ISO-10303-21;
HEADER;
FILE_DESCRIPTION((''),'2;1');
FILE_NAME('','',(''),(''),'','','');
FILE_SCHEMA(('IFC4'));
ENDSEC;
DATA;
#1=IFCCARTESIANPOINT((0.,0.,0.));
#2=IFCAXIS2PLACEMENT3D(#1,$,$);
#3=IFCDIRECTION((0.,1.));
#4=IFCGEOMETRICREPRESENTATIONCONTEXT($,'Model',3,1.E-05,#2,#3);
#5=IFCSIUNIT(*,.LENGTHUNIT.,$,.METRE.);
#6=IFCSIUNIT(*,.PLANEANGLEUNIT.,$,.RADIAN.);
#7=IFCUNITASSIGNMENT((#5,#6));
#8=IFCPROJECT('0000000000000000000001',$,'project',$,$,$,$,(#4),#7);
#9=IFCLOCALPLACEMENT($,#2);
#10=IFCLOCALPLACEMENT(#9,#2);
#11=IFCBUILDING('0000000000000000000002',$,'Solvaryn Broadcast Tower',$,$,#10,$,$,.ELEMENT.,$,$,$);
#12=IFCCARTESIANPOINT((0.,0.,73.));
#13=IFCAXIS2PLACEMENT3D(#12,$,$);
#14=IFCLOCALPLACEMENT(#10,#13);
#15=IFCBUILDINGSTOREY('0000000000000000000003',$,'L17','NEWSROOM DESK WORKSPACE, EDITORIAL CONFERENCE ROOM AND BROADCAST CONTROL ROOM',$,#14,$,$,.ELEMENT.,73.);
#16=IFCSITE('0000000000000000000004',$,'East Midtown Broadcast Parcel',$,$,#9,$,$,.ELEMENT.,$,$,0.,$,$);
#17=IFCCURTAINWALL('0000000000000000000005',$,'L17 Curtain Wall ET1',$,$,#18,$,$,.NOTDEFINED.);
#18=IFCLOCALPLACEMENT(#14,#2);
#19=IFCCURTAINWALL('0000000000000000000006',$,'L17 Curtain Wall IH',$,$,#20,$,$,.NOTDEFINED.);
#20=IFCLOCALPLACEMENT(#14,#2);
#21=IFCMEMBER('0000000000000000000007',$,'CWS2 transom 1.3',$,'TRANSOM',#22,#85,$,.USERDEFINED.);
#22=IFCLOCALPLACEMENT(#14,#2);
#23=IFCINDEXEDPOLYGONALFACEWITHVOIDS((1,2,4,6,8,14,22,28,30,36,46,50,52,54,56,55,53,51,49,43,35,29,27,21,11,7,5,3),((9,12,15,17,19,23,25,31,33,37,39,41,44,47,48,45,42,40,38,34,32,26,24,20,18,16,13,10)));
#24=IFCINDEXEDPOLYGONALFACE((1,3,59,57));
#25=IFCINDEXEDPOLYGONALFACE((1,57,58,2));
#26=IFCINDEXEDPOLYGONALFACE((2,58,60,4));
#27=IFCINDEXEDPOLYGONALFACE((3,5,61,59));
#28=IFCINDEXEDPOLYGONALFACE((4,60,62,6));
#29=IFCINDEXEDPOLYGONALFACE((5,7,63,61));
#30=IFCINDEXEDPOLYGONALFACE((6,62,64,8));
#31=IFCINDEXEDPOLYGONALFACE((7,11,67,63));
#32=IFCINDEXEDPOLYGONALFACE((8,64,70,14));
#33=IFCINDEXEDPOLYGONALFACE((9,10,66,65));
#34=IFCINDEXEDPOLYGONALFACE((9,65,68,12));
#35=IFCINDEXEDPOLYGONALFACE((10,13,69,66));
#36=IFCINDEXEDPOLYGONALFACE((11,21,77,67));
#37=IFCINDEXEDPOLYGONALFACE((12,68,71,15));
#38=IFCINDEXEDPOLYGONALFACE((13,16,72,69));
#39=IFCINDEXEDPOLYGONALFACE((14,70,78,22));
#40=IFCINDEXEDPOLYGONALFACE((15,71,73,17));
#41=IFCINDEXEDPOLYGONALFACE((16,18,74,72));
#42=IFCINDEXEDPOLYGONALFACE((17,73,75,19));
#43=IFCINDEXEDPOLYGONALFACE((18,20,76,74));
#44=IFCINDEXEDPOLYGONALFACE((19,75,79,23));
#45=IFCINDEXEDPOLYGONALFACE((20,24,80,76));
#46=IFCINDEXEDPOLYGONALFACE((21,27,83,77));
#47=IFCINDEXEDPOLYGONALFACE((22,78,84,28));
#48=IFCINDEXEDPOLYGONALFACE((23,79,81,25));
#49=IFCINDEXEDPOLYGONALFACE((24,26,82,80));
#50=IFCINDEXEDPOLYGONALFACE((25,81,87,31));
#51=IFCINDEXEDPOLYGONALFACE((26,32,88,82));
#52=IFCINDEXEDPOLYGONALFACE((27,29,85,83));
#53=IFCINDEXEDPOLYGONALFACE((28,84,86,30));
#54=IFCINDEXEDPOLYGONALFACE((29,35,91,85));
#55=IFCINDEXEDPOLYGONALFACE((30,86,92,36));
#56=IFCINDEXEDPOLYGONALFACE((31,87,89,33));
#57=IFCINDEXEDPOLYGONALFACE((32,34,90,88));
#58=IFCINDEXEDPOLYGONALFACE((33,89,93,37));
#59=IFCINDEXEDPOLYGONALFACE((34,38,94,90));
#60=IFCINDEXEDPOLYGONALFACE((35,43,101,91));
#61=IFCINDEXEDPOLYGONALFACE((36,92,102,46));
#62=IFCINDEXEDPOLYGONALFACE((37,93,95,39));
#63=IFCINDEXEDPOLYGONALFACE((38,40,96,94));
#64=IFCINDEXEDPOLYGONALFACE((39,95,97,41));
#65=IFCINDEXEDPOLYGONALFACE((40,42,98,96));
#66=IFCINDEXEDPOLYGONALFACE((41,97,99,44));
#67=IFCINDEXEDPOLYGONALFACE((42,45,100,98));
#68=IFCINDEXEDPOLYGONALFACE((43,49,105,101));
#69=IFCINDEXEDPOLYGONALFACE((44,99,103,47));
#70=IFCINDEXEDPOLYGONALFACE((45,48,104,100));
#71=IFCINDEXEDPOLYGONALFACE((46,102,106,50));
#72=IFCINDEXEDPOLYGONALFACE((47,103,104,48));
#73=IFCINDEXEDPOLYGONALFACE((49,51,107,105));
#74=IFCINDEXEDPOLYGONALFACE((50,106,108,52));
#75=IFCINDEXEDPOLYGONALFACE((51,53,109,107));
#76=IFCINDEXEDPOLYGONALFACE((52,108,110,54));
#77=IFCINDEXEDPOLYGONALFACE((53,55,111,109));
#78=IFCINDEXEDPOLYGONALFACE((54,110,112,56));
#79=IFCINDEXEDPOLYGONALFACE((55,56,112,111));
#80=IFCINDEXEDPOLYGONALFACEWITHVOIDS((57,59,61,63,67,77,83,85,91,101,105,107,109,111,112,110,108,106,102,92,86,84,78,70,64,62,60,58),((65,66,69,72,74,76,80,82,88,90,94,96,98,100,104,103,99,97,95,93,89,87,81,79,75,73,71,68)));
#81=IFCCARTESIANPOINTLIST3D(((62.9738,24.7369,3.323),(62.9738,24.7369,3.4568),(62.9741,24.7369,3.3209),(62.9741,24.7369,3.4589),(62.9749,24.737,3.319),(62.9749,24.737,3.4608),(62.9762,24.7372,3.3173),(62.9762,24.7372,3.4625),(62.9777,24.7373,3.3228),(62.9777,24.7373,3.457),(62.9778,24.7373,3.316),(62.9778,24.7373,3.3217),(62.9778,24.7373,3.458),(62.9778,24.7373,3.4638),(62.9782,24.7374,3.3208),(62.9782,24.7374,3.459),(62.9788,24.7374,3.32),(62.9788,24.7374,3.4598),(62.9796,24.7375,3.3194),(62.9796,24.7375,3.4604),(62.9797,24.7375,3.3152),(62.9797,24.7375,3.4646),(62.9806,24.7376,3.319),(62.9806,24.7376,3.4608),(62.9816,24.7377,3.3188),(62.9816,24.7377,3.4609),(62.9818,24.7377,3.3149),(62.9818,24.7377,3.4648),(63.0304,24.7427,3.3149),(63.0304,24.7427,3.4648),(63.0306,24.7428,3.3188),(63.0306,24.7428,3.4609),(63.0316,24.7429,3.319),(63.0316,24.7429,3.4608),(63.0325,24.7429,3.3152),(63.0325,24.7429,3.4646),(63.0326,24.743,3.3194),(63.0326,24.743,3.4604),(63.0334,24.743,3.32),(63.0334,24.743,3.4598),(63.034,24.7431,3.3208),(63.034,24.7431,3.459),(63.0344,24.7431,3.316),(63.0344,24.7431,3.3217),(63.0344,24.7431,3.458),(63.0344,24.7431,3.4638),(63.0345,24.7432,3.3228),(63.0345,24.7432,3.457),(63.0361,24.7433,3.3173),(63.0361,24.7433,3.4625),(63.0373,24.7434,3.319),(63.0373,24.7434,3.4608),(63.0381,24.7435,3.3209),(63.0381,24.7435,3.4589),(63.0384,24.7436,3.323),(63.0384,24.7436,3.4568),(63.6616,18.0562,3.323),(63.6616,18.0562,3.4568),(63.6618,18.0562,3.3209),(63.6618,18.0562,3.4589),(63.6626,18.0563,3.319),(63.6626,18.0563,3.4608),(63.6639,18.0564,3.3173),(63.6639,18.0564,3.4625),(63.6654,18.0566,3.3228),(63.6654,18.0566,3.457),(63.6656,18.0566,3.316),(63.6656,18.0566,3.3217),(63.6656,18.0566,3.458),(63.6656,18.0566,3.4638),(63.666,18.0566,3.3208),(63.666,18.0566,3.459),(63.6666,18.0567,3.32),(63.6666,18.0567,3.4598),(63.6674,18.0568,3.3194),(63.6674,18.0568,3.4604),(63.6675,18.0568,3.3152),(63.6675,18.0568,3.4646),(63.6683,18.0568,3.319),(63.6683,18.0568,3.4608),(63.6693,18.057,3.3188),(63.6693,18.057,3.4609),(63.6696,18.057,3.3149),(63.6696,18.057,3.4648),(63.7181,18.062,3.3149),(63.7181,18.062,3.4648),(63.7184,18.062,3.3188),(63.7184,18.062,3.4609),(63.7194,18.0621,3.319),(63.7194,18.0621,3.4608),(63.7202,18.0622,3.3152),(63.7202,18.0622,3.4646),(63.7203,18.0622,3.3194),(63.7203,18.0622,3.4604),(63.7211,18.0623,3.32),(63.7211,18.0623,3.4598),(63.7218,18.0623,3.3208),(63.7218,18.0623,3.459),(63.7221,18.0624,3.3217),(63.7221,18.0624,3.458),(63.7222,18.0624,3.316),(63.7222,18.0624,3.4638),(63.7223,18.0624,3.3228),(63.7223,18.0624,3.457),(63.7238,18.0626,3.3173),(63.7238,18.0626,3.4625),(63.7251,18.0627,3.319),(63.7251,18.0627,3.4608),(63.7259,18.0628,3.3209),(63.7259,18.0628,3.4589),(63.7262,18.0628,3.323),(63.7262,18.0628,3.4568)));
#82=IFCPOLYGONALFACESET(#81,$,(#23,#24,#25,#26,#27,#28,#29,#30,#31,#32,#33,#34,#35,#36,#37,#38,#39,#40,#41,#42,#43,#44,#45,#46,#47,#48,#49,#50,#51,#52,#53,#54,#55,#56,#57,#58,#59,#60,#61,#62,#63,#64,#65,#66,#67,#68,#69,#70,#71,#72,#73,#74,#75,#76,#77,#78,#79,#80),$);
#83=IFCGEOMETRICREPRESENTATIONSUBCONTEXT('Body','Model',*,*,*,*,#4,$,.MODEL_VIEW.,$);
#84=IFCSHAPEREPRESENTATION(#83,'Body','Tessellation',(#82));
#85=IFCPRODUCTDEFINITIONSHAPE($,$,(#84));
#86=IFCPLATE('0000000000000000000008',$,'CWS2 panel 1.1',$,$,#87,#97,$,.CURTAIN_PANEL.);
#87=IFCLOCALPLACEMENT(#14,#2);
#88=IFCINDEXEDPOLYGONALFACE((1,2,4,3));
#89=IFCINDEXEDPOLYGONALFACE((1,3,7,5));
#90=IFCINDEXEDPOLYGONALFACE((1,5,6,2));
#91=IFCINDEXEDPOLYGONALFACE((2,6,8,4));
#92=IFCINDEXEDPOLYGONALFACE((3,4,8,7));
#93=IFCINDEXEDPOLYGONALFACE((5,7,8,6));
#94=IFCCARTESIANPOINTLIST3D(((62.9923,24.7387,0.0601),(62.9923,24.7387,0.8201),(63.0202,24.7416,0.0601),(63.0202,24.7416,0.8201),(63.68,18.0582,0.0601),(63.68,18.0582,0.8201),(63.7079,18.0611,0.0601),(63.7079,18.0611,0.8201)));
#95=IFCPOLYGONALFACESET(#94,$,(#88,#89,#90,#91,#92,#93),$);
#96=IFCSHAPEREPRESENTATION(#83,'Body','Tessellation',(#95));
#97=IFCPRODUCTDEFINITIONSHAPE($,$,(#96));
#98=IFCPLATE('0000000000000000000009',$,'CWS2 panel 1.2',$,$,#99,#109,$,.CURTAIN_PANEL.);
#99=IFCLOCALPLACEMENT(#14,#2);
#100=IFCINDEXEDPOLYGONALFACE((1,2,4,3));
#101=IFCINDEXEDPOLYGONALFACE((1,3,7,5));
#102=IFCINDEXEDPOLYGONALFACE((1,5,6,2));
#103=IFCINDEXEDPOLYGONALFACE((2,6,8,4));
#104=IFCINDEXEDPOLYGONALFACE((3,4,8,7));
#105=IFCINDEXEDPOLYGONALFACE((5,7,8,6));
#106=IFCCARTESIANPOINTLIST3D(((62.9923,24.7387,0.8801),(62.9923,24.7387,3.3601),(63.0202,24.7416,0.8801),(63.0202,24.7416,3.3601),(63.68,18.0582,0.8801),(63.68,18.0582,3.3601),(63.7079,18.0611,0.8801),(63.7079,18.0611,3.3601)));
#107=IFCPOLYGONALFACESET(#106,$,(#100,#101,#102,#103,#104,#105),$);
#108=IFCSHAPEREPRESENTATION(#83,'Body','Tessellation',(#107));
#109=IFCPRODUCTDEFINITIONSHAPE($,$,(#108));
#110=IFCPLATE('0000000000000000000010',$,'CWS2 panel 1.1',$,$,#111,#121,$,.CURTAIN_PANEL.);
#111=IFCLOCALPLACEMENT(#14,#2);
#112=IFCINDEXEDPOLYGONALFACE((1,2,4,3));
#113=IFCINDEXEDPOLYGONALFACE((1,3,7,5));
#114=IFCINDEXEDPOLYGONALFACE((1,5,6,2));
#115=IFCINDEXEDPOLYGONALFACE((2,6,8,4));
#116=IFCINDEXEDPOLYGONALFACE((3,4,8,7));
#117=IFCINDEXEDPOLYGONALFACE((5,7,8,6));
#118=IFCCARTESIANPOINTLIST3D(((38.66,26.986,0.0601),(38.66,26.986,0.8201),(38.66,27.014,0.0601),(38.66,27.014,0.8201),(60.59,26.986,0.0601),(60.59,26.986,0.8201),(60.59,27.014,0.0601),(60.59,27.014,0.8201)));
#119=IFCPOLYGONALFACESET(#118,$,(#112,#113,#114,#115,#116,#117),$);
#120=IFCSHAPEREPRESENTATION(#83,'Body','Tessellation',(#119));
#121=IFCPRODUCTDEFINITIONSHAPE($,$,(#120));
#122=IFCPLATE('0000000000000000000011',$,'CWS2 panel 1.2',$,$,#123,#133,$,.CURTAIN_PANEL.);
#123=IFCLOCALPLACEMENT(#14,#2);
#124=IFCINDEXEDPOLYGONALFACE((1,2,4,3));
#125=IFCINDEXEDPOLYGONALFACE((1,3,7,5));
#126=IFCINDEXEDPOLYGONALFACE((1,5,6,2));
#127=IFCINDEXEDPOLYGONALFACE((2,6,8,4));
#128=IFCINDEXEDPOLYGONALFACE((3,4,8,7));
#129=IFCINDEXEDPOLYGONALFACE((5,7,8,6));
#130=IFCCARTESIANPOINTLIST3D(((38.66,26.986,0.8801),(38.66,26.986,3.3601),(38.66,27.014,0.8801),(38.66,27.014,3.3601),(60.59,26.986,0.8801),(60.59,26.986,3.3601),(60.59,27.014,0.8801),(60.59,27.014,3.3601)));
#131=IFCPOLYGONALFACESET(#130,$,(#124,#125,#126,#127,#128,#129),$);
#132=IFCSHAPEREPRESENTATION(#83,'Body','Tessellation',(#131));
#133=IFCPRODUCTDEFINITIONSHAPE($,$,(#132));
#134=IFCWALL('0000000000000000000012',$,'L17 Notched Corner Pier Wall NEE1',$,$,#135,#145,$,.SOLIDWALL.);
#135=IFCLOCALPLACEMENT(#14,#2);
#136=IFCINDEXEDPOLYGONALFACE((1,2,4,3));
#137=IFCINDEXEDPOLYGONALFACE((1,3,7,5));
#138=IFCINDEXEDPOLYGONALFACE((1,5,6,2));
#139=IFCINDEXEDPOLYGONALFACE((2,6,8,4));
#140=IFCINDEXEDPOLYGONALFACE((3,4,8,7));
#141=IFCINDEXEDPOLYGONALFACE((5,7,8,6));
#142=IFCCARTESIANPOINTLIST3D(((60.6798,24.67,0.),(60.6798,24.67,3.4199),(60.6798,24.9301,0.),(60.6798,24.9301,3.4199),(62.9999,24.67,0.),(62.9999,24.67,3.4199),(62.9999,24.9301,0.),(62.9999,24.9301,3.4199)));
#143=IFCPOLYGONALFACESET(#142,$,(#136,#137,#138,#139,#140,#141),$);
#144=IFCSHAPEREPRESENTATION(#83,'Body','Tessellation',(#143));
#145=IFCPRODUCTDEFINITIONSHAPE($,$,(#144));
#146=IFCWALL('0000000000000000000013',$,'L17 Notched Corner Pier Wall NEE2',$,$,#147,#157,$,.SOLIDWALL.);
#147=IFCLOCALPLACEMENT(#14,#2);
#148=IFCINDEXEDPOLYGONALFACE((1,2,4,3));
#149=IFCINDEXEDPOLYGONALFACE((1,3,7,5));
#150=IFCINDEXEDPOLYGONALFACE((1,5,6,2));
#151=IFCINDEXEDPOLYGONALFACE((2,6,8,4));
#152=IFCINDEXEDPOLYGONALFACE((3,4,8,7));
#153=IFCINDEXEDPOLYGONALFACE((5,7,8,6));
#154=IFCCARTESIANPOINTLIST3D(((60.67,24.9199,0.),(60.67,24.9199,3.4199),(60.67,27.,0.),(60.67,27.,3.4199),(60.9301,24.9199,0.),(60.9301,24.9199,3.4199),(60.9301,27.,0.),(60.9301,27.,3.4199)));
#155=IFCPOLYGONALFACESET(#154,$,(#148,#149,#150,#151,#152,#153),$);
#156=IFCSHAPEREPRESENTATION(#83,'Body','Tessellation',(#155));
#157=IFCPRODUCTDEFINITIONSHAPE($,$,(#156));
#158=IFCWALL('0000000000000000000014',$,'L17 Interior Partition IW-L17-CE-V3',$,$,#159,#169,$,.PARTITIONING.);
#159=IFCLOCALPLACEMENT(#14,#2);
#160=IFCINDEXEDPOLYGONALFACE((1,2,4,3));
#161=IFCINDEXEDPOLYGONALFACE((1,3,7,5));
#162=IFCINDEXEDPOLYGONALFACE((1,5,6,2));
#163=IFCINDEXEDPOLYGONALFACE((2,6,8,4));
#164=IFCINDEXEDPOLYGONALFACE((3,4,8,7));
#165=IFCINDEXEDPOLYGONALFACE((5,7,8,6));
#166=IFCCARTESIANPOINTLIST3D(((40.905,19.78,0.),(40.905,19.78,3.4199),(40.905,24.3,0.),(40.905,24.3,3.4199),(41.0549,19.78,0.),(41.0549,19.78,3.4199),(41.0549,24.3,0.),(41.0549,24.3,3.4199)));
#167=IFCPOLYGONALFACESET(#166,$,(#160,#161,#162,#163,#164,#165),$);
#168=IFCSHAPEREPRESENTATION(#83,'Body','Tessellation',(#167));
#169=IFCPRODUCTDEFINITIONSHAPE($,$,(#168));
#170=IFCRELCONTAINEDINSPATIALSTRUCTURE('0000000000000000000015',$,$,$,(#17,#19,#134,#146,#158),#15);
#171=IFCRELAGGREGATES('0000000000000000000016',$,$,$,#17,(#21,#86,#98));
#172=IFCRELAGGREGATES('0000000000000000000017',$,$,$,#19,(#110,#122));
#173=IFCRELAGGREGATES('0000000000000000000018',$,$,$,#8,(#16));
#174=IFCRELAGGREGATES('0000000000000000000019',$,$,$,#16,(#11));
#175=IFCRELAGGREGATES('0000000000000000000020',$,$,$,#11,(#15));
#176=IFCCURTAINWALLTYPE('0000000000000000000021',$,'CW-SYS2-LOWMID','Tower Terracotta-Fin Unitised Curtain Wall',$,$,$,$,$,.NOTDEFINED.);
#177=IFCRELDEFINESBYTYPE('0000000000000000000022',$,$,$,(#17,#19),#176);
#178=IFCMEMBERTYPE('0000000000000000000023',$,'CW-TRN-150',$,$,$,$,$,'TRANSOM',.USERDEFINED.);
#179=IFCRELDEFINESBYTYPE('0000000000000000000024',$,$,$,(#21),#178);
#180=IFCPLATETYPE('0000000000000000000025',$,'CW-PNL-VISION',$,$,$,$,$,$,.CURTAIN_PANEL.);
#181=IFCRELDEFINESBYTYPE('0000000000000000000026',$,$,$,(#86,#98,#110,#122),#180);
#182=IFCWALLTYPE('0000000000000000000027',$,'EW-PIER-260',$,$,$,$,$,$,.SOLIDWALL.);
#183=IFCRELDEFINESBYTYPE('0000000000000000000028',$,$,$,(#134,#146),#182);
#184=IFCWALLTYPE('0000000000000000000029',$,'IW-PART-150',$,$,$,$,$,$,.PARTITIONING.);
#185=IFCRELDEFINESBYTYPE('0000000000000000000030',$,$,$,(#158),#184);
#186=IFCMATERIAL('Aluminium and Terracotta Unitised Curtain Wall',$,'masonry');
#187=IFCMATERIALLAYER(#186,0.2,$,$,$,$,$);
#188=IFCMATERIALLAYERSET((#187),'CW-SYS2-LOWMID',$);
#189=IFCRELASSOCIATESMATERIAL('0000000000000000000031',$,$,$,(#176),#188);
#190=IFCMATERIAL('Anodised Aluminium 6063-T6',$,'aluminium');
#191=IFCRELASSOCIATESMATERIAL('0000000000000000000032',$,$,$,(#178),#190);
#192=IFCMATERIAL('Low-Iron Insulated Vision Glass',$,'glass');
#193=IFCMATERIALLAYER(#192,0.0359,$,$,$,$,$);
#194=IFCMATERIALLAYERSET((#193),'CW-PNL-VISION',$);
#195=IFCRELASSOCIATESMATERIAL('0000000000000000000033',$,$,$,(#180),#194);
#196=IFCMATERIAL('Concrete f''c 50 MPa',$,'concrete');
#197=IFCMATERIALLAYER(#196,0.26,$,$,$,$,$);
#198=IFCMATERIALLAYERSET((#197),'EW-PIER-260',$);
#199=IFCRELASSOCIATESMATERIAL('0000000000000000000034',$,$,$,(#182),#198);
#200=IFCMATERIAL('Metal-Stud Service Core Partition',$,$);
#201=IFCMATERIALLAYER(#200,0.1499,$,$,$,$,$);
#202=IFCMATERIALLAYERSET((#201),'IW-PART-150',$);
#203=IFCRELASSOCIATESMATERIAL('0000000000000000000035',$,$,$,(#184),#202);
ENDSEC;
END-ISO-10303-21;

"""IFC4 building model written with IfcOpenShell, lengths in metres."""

from ifc_helpers import new_model, si_unit, direction, frame, frame_2d, origin, origin_2d, place, context, subcontext, project, spatial, rectangle, hollow_rectangle, extrude, material, layer, layer_set, material_profile, profile_set, type_object, element, aggregate, save


model = new_model("IFC4")

# Units and contexts
model_context = context("Model", 3, precision=1e-05, world=origin(), true_north=direction((0.0, 1.0)))
body_context = subcontext(model_context, "Body", "Model", "MODEL_VIEW")
ifc_project = project(units=[si_unit("LENGTHUNIT", "METRE"), si_unit("PLANEANGLEUNIT", "RADIAN")], contexts=[model_context])

# Site, building, storey
site_placement = place(None, origin())
site = spatial("IfcSite", under=ifc_project, at=site_placement, Name="East Midtown Broadcast Parcel", CompositionType="ELEMENT", RefElevation=0.0)
building_placement = place(site_placement, origin())
building = spatial("IfcBuilding", under=site, at=building_placement, Name="Solvaryn Broadcast Tower", CompositionType="ELEMENT")
storey_placement = place(building_placement, frame((0.0, 0.0, 73.0)))
storey = spatial("IfcBuildingStorey", under=building, at=storey_placement, Name="L17", Description="NEWSROOM DESK WORKSPACE, EDITORIAL CONFERENCE ROOM AND BROADCAST CONTROL ROOM", CompositionType="ELEMENT", Elevation=73.0)

# Curtain walls
ifc_material_1 = material(Name="Aluminium and Terracotta Unitised Curtain Wall", Category="masonry")
ifc_layer_1 = layer(ifc_material_1, 0.2)
ifc_layer_set_1 = layer_set([ifc_layer_1], Name="CW-SYS2-LOWMID")
curtain_wall_type = type_object("IfcCurtainWallType", Name="CW-SYS2-LOWMID", Description="Tower Terracotta-Fin Unitised Curtain Wall", PredefinedType="NOTDEFINED", material=ifc_layer_set_1)
curtain_wall_1_placement = place(storey_placement, origin())
curtain_wall_1 = element("IfcCurtainWall", 1, at=curtain_wall_1_placement, inside=storey, type_object=curtain_wall_type, Name="L17 Curtain Wall ET1", PredefinedType="NOTDEFINED")
curtain_wall_2_placement = place(storey_placement, origin())
curtain_wall_2 = element("IfcCurtainWall", 2, at=curtain_wall_2_placement, inside=storey, type_object=curtain_wall_type, Name="L17 Curtain Wall IH", PredefinedType="NOTDEFINED")

# Member
ifc_material_2 = material(Name="Anodised Aluminium 6063-T6", Category="aluminium")
ifc_material_profile_1 = material_profile(ifc_material_2, hollow_rectangle(XDim=0.0649, YDim=0.1499, WallThickness=0.0039, InnerFilletRadius=0.0039, OuterFilletRadius=0.0081, at=origin_2d()))
ifc_profile_set_1 = profile_set([ifc_material_profile_1], Name="Anodised Aluminium 6063-T6")
member_type_1 = type_object("IfcMemberType", Name="CW-TRN-150", ElementType="TRANSOM", PredefinedType="USERDEFINED", material=ifc_profile_set_1)
member_1_placement = place(storey_placement, frame((63.0061, 24.7402, 3.3899), z_axis=(0.102404, -0.994743, 0.0), x_axis=(0.994743, 0.102404, 0.0)))
member_1 = element("IfcMember", 3, at=member_1_placement, type_object=member_type_1, Name="CWS2 transom 1.3", ObjectType="TRANSOM", PredefinedType="USERDEFINED", context=body_context, shape_type="SweptSolid", body=[
    extrude(hollow_rectangle(XDim=0.0649, YDim=0.1499, WallThickness=0.0039, InnerFilletRadius=0.0039, OuterFilletRadius=0.0081, at=origin_2d()), origin(), (0.0, 0.0, 1.0), 6.7161),
])

# Plates
ifc_material_3 = material(Name="Low-Iron Insulated Vision Glass", Category="glass")
ifc_layer_2 = layer(ifc_material_3, 0.0359)
ifc_layer_set_2 = layer_set([ifc_layer_2], Name="CW-PNL-VISION")
plate_type = type_object("IfcPlateType", Name="CW-PNL-VISION", PredefinedType="CURTAIN_PANEL", material=ifc_layer_set_2)
plate_1_placement = place(storey_placement, frame((63.3501, 21.3999, 0.0601), z_axis=(0.0, 0.0, 1.0), x_axis=(0.1024, -0.994743, 0.0)))
plate_1 = element("IfcPlate", 4, at=plate_1_placement, type_object=plate_type, Name="CWS2 panel 1.1", PredefinedType="CURTAIN_PANEL", context=body_context, shape_type="SweptSolid", body=[
    extrude(rectangle(XDim=6.7158, YDim=0.0281, at=origin_2d()), origin(), (0.0, 0.0, 1.0), 0.76),
])
plate_2_placement = place(storey_placement, frame((63.3501, 21.3999, 0.8801), z_axis=(0.0, 0.0, 1.0), x_axis=(0.1024, -0.994743, 0.0)))
plate_2 = element("IfcPlate", 5, at=plate_2_placement, type_object=plate_type, Name="CWS2 panel 1.2", PredefinedType="CURTAIN_PANEL", context=body_context, shape_type="SweptSolid", body=[
    extrude(rectangle(XDim=6.7158, YDim=0.0281, at=origin_2d()), origin(), (0.0, 0.0, 1.0), 2.48),
])
aggregate(curtain_wall_1, [member_1, plate_1, plate_2])
plate_3_placement = place(storey_placement, frame((49.625, 27.0, 0.0601), z_axis=(0.0, 0.0, 1.0), x_axis=(1.0, 0.0, 0.0)))
plate_3 = element("IfcPlate", 6, at=plate_3_placement, type_object=plate_type, Name="CWS2 panel 1.1", PredefinedType="CURTAIN_PANEL", context=body_context, shape_type="SweptSolid", body=[
    extrude(rectangle(XDim=21.9299, YDim=0.0281, at=origin_2d()), origin(), (0.0, 0.0, 1.0), 0.76),
])
plate_4_placement = place(storey_placement, frame((49.625, 27.0, 0.8801), z_axis=(0.0, 0.0, 1.0), x_axis=(1.0, 0.0, 0.0)))
plate_4 = element("IfcPlate", 7, at=plate_4_placement, type_object=plate_type, Name="CWS2 panel 1.2", PredefinedType="CURTAIN_PANEL", context=body_context, shape_type="SweptSolid", body=[
    extrude(rectangle(XDim=21.9299, YDim=0.0281, at=origin_2d()), origin(), (0.0, 0.0, 1.0), 2.48),
])
aggregate(curtain_wall_2, [plate_3, plate_4])

# Walls
ifc_material_4 = material(Name="Concrete f'c 50 MPa", Category="concrete")
ifc_layer_3 = layer(ifc_material_4, 0.26)
ifc_layer_set_3 = layer_set([ifc_layer_3], Name="EW-PIER-260")
wall_type_1 = type_object("IfcWallType", Name="EW-PIER-260", PredefinedType="SOLIDWALL", material=ifc_layer_set_3)
wall_1_placement = place(storey_placement, frame((63.0, 24.8, 0.0), z_axis=(0.0, 0.0, 1.0), x_axis=(-1.0, 0.0, 0.0)))
element("IfcWall", 8, at=wall_1_placement, inside=storey, type_object=wall_type_1, Name="L17 Notched Corner Pier Wall NEE1", PredefinedType="SOLIDWALL", context=body_context, shape_type="SweptSolid", body=[
    extrude(rectangle(XDim=2.3201, YDim=0.26, at=frame_2d((1.1602, 0.0))), origin(), (0.0, 0.0, 1.0), 3.4199),
])
wall_2_placement = place(storey_placement, frame((60.8, 24.9199, 0.0), z_axis=(0.0, 0.0, 1.0), x_axis=(0.0, 1.0, 0.0)))
element("IfcWall", 9, at=wall_2_placement, inside=storey, type_object=wall_type_1, Name="L17 Notched Corner Pier Wall NEE2", PredefinedType="SOLIDWALL", context=body_context, shape_type="SweptSolid", body=[
    extrude(rectangle(XDim=2.0801, YDim=0.26, at=frame_2d((1.04, 0.0))), origin(), (0.0, 0.0, 1.0), 3.4199),
])
ifc_material_5 = material(Name="Metal-Stud Service Core Partition")
ifc_layer_4 = layer(ifc_material_5, 0.1499)
ifc_layer_set_4 = layer_set([ifc_layer_4], Name="IW-PART-150")
wall_type_2 = type_object("IfcWallType", Name="IW-PART-150", PredefinedType="PARTITIONING", material=ifc_layer_set_4)
wall_3_placement = place(storey_placement, frame((40.98, 19.78, 0.0), z_axis=(0.0, 0.0, 1.0), x_axis=(0.0, 1.0, 0.0)))
element("IfcWall", 10, at=wall_3_placement, inside=storey, type_object=wall_type_2, Name="L17 Interior Partition IW-L17-CE-V3", PredefinedType="PARTITIONING", context=body_context, shape_type="SweptSolid", body=[
    extrude(rectangle(XDim=4.52, YDim=0.1499, at=frame_2d((2.26, 0.0))), origin(), (0.0, 0.0, 1.0), 3.4199),
])

save(model, "model.ifc")
